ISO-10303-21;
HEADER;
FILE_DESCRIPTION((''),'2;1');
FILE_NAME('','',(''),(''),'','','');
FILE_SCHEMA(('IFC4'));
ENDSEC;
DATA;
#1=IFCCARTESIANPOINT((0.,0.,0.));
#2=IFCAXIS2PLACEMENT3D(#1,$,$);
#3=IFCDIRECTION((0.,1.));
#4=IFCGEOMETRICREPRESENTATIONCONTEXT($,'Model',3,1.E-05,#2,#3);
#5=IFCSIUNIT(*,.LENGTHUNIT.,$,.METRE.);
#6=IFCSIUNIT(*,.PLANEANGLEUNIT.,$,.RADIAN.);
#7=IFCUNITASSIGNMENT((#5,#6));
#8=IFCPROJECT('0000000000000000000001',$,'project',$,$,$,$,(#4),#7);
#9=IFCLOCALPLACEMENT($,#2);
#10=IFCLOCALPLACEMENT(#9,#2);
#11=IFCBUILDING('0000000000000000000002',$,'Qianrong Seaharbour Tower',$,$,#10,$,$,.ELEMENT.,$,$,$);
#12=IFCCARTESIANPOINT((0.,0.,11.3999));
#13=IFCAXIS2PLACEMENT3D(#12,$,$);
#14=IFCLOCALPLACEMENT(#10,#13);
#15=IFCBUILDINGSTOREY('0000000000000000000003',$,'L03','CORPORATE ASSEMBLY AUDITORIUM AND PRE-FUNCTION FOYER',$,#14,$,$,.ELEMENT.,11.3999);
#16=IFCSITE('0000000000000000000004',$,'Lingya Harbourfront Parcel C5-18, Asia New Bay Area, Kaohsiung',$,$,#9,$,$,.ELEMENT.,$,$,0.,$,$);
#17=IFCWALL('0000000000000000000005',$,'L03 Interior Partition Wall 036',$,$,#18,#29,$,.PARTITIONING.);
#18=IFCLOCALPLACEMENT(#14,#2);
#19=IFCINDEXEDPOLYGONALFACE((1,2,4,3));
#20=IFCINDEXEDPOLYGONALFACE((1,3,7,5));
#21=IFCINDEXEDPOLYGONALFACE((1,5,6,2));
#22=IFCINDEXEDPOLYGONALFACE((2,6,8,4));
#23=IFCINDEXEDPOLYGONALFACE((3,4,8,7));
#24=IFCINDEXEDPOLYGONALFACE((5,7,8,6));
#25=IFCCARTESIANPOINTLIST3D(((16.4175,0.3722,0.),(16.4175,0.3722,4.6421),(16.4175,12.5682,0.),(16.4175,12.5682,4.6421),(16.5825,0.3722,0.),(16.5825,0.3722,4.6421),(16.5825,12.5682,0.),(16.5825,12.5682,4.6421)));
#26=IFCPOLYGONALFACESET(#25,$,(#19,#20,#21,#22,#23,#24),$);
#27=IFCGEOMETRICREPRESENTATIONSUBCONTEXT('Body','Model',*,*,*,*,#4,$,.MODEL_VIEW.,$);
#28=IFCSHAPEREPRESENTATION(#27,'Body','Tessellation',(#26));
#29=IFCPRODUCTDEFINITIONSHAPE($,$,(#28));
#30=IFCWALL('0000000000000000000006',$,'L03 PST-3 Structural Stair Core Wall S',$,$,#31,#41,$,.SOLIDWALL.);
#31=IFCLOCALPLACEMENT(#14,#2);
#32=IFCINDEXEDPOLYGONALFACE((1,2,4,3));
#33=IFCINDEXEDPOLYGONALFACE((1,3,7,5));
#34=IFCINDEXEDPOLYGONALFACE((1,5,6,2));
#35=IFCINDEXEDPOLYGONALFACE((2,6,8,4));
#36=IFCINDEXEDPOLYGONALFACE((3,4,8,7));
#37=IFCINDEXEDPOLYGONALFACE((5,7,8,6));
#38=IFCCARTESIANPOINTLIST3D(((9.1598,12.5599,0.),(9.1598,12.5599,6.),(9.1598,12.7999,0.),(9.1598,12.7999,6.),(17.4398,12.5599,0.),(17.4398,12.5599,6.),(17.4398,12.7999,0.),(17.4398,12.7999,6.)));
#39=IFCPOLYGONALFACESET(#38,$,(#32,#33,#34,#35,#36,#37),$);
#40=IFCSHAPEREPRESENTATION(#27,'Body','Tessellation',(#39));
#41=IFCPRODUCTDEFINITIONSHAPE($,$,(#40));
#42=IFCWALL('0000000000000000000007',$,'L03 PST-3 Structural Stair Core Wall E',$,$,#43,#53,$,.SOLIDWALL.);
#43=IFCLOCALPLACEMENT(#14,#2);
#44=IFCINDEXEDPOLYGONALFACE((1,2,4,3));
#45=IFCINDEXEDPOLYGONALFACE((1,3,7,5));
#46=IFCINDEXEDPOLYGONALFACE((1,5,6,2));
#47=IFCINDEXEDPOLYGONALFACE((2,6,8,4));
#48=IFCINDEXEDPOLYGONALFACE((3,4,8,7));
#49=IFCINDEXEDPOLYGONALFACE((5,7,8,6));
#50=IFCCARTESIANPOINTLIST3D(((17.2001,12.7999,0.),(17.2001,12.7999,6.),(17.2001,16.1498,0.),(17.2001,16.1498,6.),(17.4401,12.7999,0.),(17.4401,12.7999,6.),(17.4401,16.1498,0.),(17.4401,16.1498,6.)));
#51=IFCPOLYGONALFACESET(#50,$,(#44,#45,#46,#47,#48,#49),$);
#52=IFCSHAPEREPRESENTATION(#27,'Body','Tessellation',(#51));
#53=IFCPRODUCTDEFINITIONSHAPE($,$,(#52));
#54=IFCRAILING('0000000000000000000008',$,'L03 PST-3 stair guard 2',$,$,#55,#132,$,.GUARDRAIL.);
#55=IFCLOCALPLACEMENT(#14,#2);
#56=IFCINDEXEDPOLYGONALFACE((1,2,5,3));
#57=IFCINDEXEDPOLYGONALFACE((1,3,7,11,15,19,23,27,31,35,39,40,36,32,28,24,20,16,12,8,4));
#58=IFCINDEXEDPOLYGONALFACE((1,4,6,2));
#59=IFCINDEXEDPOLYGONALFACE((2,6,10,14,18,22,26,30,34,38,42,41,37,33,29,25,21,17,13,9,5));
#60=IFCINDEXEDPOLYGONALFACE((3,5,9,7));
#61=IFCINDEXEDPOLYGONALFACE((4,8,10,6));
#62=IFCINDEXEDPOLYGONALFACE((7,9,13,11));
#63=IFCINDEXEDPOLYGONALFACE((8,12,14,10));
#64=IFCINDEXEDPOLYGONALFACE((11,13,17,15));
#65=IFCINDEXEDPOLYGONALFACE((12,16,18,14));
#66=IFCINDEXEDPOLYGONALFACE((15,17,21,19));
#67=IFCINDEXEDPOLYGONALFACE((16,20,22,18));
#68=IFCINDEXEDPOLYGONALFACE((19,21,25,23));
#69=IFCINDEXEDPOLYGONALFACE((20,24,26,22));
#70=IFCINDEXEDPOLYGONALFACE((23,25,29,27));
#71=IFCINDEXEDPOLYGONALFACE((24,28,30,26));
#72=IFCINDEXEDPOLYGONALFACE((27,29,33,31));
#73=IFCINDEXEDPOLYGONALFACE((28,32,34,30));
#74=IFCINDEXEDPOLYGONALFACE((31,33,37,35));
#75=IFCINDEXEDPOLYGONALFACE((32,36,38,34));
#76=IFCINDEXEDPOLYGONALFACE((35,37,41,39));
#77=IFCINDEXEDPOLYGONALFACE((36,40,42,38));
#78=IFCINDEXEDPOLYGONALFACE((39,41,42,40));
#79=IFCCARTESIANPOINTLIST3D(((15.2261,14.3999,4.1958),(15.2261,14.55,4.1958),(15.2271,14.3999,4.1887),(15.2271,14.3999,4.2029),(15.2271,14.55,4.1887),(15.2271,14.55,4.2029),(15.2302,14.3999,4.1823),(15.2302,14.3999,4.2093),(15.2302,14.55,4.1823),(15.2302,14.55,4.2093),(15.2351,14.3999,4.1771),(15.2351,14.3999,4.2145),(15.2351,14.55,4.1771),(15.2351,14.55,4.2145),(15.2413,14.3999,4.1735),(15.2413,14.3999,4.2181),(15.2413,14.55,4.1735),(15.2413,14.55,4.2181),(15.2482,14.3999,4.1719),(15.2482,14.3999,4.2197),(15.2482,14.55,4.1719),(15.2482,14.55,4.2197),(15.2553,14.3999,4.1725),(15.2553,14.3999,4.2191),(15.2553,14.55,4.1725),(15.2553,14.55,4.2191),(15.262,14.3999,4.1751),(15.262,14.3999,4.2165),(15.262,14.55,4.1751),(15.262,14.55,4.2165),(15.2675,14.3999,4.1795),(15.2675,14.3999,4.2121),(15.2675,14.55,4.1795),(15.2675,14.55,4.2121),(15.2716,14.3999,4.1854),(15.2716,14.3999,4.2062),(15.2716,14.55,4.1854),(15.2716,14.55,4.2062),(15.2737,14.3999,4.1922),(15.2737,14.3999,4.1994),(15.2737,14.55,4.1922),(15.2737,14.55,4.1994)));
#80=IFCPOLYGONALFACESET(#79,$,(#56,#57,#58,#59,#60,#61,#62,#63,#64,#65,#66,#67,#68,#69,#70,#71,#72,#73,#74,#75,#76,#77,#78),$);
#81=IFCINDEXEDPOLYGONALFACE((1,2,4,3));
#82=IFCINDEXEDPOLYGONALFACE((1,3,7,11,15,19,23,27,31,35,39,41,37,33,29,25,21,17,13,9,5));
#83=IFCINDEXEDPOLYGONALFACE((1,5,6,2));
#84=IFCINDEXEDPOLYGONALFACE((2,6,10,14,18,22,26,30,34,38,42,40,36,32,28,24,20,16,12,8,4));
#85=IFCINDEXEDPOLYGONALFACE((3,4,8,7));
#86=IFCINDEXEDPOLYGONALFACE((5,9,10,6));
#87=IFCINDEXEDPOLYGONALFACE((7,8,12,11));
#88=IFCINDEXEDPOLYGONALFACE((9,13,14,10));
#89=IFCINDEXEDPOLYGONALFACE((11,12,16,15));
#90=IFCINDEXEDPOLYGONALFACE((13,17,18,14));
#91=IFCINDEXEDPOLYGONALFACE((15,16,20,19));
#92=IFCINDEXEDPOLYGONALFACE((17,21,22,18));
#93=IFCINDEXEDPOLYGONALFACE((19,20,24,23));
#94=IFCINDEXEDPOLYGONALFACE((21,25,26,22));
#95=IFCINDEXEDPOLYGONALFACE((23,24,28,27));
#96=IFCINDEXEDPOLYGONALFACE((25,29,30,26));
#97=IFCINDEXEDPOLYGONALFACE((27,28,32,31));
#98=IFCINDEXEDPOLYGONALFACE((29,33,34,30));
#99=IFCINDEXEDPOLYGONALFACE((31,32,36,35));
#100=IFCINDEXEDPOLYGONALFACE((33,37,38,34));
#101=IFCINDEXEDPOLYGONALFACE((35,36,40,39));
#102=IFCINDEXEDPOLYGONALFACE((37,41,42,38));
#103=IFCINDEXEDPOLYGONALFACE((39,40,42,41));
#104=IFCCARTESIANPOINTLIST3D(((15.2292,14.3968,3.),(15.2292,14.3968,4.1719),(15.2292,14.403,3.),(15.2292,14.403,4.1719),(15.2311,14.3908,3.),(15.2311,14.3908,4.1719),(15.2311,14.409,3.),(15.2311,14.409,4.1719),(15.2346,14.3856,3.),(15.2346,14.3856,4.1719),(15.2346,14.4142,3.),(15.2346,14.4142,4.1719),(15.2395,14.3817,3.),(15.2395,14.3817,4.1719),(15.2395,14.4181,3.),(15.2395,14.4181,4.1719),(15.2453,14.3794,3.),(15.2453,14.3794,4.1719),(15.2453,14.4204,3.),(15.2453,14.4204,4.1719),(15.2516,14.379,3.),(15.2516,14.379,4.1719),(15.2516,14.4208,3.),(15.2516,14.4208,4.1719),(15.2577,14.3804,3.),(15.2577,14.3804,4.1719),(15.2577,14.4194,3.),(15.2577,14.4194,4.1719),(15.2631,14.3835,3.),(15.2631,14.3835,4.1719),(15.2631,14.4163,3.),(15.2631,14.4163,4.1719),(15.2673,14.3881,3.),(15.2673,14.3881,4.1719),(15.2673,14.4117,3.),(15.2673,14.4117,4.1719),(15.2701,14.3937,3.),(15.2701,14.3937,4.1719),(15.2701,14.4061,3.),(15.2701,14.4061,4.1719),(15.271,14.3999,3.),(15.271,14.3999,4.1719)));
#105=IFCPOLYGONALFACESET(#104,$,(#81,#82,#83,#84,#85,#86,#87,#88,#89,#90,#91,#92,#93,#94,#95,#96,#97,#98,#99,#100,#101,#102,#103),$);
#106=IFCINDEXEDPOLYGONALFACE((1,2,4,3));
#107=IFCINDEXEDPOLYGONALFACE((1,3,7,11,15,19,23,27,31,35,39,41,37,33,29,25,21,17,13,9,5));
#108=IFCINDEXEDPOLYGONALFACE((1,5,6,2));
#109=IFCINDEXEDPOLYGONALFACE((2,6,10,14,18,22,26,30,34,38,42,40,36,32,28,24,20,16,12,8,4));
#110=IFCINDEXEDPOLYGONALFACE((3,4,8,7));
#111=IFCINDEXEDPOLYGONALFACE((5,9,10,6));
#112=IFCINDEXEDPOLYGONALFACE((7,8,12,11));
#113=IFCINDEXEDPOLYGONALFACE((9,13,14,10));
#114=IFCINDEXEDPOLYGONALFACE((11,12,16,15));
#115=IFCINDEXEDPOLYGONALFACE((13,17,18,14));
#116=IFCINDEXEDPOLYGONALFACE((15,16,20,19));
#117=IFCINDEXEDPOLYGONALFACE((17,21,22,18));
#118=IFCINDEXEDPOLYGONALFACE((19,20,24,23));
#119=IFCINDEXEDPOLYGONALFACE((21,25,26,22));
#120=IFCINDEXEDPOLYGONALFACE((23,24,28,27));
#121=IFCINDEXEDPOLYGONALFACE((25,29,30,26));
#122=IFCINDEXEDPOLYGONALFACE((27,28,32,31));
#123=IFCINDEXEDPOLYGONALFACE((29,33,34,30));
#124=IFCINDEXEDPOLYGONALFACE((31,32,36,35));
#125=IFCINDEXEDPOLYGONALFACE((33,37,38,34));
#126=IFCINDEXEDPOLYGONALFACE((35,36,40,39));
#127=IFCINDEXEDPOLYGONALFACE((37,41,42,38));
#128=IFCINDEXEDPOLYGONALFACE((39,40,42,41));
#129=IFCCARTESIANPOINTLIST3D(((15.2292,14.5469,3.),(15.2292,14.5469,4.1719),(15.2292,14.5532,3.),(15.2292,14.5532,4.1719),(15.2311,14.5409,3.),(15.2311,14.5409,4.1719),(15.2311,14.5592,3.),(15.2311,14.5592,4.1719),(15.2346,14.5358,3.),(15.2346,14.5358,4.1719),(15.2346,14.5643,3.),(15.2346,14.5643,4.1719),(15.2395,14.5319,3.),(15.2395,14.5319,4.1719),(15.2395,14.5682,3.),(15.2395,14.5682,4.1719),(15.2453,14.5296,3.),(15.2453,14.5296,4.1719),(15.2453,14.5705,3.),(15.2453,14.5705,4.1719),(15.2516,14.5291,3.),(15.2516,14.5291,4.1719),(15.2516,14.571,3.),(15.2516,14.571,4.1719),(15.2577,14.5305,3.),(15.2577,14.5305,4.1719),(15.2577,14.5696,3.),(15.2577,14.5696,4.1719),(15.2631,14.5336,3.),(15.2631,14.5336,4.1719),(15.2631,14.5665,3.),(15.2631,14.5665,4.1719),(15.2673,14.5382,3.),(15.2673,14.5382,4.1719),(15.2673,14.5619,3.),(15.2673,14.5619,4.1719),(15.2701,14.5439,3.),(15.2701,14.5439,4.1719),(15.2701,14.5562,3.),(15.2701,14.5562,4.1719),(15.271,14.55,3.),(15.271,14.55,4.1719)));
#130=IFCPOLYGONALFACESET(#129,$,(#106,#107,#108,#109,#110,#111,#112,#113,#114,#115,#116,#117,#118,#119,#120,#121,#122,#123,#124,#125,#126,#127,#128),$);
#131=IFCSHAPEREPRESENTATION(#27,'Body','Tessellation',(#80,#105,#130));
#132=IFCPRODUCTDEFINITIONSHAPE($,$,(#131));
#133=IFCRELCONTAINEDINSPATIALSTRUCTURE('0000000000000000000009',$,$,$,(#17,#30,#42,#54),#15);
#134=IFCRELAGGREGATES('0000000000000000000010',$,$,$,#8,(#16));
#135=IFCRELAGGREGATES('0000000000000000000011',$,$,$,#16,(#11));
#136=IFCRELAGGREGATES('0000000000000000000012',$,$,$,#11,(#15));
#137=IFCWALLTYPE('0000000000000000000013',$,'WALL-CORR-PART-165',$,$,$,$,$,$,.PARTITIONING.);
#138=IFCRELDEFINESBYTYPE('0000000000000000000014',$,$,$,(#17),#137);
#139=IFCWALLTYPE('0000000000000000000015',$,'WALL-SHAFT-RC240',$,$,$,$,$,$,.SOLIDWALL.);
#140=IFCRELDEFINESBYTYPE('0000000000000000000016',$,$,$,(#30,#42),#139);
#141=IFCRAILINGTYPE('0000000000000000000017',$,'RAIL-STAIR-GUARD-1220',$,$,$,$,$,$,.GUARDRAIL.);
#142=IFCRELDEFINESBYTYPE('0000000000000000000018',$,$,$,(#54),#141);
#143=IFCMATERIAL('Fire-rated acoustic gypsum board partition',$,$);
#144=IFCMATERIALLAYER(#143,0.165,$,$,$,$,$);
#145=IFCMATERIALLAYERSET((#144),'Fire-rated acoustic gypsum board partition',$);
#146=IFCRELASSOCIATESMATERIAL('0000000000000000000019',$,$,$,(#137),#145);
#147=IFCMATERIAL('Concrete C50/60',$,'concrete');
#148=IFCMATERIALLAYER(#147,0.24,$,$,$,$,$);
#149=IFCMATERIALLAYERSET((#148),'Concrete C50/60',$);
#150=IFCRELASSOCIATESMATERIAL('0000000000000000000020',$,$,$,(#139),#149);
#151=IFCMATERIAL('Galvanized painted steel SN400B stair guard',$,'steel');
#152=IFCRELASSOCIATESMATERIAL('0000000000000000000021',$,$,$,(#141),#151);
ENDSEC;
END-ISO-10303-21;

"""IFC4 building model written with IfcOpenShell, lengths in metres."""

from ifc_helpers import new_model, si_unit, direction, frame, frame_2d, origin, origin_2d, place, context, subcontext, project, spatial, rectangle, circle, extrude, material, layer, layer_set, type_object, element, save


model = new_model("IFC4")

# Units and contexts
model_context = context("Model", 3, precision=1e-05, world=origin(), true_north=direction((0.0, 1.0)))
body_context = subcontext(model_context, "Body", "Model", "MODEL_VIEW")
ifc_project = project(units=[si_unit("LENGTHUNIT", "METRE"), si_unit("PLANEANGLEUNIT", "RADIAN")], contexts=[model_context])

# Site, building, storey
site_placement = place(None, origin())
site = spatial("IfcSite", under=ifc_project, at=site_placement, Name="Lingya Harbourfront Parcel C5-18, Asia New Bay Area, Kaohsiung", CompositionType="ELEMENT", RefElevation=0.0)
building_placement = place(site_placement, origin())
building = spatial("IfcBuilding", under=site, at=building_placement, Name="Qianrong Seaharbour Tower", CompositionType="ELEMENT")
storey_placement = place(building_placement, frame((0.0, 0.0, 11.3999)))
storey = spatial("IfcBuildingStorey", under=building, at=storey_placement, Name="L03", Description="CORPORATE ASSEMBLY AUDITORIUM AND PRE-FUNCTION FOYER", CompositionType="ELEMENT", Elevation=11.3999)

# Walls
ifc_material_1 = material(Name="Fire-rated acoustic gypsum board partition")
ifc_layer_1 = layer(ifc_material_1, 0.165)
ifc_layer_set_1 = layer_set([ifc_layer_1], Name="Fire-rated acoustic gypsum board partition")
wall_type_1 = type_object("IfcWallType", Name="WALL-CORR-PART-165", PredefinedType="PARTITIONING", material=ifc_layer_set_1)
wall_1_placement = place(storey_placement, frame((16.5, 0.3721, 0.0), z_axis=(0.0, 0.0, 1.0), x_axis=(0.0, 1.0, 0.0)))
element("IfcWall", 1, at=wall_1_placement, inside=storey, type_object=wall_type_1, Name="L03 Interior Partition Wall 036", PredefinedType="PARTITIONING", context=body_context, shape_type="SweptSolid", body=[
    extrude(rectangle(XDim=12.196, YDim=0.165, at=frame_2d((6.0981, 0.0))), origin(), (0.0, 0.0, 1.0), 4.6421),
])
ifc_material_2 = material(Name="Concrete C50/60", Category="concrete")
ifc_layer_2 = layer(ifc_material_2, 0.24)
ifc_layer_set_2 = layer_set([ifc_layer_2], Name="Concrete C50/60")
wall_type_2 = type_object("IfcWallType", Name="WALL-SHAFT-RC240", PredefinedType="SOLIDWALL", material=ifc_layer_set_2)
wall_2_placement = place(storey_placement, frame((17.4399, 12.6799, 0.0), z_axis=(0.0, 0.0, 1.0), x_axis=(-1.0, 0.0, 0.0)))
element("IfcWall", 2, at=wall_2_placement, inside=storey, type_object=wall_type_2, Name="L03 PST-3 Structural Stair Core Wall S", PredefinedType="SOLIDWALL", context=body_context, shape_type="SweptSolid", body=[
    extrude(rectangle(XDim=8.28, YDim=0.24, at=frame_2d((4.1401, 0.0))), origin(), (0.0, 0.0, 1.0), 6.0),
])
wall_3_placement = place(storey_placement, frame((17.3201, 12.8, 0.0), z_axis=(0.0, 0.0, 1.0), x_axis=(0.0, 1.0, 0.0)))
element("IfcWall", 3, at=wall_3_placement, inside=storey, type_object=wall_type_2, Name="L03 PST-3 Structural Stair Core Wall E", PredefinedType="SOLIDWALL", context=body_context, shape_type="SweptSolid", body=[
    extrude(rectangle(XDim=3.3499, YDim=0.24, at=frame_2d((1.6748, 0.0))), origin(), (0.0, 0.0, 1.0), 6.0),
])

# Railing
ifc_material_3 = material(Name="Galvanized painted steel SN400B stair guard", Category="steel")
railing_type = type_object("IfcRailingType", Name="RAIL-STAIR-GUARD-1220", PredefinedType="GUARDRAIL", material=ifc_material_3)
railing_placement = place(storey_placement, frame((15.25, 14.3999, 3.0)))
element("IfcRailing", 4, at=railing_placement, inside=storey, type_object=railing_type, Name="L03 PST-3 stair guard 2", PredefinedType="GUARDRAIL", context=body_context, shape_type="SweptSolid", body=[
    extrude(circle(Radius=0.0239, at=origin_2d()), frame((0.0, 0.0, 1.1958), z_axis=(0.0, 1.0, 0.0), x_axis=(-1.0, 0.0, 0.0)), (0.0, 0.0, 1.0), 0.1501),
    extrude(circle(Radius=0.021, at=origin_2d()), origin(), (0.0, 0.0, 1.0), 1.1719),
    extrude(circle(Radius=0.021, at=origin_2d()), frame((0.0, 0.1501, 0.0)), (0.0, 0.0, 1.0), 1.1719),
])

save(model, "model.ifc")
